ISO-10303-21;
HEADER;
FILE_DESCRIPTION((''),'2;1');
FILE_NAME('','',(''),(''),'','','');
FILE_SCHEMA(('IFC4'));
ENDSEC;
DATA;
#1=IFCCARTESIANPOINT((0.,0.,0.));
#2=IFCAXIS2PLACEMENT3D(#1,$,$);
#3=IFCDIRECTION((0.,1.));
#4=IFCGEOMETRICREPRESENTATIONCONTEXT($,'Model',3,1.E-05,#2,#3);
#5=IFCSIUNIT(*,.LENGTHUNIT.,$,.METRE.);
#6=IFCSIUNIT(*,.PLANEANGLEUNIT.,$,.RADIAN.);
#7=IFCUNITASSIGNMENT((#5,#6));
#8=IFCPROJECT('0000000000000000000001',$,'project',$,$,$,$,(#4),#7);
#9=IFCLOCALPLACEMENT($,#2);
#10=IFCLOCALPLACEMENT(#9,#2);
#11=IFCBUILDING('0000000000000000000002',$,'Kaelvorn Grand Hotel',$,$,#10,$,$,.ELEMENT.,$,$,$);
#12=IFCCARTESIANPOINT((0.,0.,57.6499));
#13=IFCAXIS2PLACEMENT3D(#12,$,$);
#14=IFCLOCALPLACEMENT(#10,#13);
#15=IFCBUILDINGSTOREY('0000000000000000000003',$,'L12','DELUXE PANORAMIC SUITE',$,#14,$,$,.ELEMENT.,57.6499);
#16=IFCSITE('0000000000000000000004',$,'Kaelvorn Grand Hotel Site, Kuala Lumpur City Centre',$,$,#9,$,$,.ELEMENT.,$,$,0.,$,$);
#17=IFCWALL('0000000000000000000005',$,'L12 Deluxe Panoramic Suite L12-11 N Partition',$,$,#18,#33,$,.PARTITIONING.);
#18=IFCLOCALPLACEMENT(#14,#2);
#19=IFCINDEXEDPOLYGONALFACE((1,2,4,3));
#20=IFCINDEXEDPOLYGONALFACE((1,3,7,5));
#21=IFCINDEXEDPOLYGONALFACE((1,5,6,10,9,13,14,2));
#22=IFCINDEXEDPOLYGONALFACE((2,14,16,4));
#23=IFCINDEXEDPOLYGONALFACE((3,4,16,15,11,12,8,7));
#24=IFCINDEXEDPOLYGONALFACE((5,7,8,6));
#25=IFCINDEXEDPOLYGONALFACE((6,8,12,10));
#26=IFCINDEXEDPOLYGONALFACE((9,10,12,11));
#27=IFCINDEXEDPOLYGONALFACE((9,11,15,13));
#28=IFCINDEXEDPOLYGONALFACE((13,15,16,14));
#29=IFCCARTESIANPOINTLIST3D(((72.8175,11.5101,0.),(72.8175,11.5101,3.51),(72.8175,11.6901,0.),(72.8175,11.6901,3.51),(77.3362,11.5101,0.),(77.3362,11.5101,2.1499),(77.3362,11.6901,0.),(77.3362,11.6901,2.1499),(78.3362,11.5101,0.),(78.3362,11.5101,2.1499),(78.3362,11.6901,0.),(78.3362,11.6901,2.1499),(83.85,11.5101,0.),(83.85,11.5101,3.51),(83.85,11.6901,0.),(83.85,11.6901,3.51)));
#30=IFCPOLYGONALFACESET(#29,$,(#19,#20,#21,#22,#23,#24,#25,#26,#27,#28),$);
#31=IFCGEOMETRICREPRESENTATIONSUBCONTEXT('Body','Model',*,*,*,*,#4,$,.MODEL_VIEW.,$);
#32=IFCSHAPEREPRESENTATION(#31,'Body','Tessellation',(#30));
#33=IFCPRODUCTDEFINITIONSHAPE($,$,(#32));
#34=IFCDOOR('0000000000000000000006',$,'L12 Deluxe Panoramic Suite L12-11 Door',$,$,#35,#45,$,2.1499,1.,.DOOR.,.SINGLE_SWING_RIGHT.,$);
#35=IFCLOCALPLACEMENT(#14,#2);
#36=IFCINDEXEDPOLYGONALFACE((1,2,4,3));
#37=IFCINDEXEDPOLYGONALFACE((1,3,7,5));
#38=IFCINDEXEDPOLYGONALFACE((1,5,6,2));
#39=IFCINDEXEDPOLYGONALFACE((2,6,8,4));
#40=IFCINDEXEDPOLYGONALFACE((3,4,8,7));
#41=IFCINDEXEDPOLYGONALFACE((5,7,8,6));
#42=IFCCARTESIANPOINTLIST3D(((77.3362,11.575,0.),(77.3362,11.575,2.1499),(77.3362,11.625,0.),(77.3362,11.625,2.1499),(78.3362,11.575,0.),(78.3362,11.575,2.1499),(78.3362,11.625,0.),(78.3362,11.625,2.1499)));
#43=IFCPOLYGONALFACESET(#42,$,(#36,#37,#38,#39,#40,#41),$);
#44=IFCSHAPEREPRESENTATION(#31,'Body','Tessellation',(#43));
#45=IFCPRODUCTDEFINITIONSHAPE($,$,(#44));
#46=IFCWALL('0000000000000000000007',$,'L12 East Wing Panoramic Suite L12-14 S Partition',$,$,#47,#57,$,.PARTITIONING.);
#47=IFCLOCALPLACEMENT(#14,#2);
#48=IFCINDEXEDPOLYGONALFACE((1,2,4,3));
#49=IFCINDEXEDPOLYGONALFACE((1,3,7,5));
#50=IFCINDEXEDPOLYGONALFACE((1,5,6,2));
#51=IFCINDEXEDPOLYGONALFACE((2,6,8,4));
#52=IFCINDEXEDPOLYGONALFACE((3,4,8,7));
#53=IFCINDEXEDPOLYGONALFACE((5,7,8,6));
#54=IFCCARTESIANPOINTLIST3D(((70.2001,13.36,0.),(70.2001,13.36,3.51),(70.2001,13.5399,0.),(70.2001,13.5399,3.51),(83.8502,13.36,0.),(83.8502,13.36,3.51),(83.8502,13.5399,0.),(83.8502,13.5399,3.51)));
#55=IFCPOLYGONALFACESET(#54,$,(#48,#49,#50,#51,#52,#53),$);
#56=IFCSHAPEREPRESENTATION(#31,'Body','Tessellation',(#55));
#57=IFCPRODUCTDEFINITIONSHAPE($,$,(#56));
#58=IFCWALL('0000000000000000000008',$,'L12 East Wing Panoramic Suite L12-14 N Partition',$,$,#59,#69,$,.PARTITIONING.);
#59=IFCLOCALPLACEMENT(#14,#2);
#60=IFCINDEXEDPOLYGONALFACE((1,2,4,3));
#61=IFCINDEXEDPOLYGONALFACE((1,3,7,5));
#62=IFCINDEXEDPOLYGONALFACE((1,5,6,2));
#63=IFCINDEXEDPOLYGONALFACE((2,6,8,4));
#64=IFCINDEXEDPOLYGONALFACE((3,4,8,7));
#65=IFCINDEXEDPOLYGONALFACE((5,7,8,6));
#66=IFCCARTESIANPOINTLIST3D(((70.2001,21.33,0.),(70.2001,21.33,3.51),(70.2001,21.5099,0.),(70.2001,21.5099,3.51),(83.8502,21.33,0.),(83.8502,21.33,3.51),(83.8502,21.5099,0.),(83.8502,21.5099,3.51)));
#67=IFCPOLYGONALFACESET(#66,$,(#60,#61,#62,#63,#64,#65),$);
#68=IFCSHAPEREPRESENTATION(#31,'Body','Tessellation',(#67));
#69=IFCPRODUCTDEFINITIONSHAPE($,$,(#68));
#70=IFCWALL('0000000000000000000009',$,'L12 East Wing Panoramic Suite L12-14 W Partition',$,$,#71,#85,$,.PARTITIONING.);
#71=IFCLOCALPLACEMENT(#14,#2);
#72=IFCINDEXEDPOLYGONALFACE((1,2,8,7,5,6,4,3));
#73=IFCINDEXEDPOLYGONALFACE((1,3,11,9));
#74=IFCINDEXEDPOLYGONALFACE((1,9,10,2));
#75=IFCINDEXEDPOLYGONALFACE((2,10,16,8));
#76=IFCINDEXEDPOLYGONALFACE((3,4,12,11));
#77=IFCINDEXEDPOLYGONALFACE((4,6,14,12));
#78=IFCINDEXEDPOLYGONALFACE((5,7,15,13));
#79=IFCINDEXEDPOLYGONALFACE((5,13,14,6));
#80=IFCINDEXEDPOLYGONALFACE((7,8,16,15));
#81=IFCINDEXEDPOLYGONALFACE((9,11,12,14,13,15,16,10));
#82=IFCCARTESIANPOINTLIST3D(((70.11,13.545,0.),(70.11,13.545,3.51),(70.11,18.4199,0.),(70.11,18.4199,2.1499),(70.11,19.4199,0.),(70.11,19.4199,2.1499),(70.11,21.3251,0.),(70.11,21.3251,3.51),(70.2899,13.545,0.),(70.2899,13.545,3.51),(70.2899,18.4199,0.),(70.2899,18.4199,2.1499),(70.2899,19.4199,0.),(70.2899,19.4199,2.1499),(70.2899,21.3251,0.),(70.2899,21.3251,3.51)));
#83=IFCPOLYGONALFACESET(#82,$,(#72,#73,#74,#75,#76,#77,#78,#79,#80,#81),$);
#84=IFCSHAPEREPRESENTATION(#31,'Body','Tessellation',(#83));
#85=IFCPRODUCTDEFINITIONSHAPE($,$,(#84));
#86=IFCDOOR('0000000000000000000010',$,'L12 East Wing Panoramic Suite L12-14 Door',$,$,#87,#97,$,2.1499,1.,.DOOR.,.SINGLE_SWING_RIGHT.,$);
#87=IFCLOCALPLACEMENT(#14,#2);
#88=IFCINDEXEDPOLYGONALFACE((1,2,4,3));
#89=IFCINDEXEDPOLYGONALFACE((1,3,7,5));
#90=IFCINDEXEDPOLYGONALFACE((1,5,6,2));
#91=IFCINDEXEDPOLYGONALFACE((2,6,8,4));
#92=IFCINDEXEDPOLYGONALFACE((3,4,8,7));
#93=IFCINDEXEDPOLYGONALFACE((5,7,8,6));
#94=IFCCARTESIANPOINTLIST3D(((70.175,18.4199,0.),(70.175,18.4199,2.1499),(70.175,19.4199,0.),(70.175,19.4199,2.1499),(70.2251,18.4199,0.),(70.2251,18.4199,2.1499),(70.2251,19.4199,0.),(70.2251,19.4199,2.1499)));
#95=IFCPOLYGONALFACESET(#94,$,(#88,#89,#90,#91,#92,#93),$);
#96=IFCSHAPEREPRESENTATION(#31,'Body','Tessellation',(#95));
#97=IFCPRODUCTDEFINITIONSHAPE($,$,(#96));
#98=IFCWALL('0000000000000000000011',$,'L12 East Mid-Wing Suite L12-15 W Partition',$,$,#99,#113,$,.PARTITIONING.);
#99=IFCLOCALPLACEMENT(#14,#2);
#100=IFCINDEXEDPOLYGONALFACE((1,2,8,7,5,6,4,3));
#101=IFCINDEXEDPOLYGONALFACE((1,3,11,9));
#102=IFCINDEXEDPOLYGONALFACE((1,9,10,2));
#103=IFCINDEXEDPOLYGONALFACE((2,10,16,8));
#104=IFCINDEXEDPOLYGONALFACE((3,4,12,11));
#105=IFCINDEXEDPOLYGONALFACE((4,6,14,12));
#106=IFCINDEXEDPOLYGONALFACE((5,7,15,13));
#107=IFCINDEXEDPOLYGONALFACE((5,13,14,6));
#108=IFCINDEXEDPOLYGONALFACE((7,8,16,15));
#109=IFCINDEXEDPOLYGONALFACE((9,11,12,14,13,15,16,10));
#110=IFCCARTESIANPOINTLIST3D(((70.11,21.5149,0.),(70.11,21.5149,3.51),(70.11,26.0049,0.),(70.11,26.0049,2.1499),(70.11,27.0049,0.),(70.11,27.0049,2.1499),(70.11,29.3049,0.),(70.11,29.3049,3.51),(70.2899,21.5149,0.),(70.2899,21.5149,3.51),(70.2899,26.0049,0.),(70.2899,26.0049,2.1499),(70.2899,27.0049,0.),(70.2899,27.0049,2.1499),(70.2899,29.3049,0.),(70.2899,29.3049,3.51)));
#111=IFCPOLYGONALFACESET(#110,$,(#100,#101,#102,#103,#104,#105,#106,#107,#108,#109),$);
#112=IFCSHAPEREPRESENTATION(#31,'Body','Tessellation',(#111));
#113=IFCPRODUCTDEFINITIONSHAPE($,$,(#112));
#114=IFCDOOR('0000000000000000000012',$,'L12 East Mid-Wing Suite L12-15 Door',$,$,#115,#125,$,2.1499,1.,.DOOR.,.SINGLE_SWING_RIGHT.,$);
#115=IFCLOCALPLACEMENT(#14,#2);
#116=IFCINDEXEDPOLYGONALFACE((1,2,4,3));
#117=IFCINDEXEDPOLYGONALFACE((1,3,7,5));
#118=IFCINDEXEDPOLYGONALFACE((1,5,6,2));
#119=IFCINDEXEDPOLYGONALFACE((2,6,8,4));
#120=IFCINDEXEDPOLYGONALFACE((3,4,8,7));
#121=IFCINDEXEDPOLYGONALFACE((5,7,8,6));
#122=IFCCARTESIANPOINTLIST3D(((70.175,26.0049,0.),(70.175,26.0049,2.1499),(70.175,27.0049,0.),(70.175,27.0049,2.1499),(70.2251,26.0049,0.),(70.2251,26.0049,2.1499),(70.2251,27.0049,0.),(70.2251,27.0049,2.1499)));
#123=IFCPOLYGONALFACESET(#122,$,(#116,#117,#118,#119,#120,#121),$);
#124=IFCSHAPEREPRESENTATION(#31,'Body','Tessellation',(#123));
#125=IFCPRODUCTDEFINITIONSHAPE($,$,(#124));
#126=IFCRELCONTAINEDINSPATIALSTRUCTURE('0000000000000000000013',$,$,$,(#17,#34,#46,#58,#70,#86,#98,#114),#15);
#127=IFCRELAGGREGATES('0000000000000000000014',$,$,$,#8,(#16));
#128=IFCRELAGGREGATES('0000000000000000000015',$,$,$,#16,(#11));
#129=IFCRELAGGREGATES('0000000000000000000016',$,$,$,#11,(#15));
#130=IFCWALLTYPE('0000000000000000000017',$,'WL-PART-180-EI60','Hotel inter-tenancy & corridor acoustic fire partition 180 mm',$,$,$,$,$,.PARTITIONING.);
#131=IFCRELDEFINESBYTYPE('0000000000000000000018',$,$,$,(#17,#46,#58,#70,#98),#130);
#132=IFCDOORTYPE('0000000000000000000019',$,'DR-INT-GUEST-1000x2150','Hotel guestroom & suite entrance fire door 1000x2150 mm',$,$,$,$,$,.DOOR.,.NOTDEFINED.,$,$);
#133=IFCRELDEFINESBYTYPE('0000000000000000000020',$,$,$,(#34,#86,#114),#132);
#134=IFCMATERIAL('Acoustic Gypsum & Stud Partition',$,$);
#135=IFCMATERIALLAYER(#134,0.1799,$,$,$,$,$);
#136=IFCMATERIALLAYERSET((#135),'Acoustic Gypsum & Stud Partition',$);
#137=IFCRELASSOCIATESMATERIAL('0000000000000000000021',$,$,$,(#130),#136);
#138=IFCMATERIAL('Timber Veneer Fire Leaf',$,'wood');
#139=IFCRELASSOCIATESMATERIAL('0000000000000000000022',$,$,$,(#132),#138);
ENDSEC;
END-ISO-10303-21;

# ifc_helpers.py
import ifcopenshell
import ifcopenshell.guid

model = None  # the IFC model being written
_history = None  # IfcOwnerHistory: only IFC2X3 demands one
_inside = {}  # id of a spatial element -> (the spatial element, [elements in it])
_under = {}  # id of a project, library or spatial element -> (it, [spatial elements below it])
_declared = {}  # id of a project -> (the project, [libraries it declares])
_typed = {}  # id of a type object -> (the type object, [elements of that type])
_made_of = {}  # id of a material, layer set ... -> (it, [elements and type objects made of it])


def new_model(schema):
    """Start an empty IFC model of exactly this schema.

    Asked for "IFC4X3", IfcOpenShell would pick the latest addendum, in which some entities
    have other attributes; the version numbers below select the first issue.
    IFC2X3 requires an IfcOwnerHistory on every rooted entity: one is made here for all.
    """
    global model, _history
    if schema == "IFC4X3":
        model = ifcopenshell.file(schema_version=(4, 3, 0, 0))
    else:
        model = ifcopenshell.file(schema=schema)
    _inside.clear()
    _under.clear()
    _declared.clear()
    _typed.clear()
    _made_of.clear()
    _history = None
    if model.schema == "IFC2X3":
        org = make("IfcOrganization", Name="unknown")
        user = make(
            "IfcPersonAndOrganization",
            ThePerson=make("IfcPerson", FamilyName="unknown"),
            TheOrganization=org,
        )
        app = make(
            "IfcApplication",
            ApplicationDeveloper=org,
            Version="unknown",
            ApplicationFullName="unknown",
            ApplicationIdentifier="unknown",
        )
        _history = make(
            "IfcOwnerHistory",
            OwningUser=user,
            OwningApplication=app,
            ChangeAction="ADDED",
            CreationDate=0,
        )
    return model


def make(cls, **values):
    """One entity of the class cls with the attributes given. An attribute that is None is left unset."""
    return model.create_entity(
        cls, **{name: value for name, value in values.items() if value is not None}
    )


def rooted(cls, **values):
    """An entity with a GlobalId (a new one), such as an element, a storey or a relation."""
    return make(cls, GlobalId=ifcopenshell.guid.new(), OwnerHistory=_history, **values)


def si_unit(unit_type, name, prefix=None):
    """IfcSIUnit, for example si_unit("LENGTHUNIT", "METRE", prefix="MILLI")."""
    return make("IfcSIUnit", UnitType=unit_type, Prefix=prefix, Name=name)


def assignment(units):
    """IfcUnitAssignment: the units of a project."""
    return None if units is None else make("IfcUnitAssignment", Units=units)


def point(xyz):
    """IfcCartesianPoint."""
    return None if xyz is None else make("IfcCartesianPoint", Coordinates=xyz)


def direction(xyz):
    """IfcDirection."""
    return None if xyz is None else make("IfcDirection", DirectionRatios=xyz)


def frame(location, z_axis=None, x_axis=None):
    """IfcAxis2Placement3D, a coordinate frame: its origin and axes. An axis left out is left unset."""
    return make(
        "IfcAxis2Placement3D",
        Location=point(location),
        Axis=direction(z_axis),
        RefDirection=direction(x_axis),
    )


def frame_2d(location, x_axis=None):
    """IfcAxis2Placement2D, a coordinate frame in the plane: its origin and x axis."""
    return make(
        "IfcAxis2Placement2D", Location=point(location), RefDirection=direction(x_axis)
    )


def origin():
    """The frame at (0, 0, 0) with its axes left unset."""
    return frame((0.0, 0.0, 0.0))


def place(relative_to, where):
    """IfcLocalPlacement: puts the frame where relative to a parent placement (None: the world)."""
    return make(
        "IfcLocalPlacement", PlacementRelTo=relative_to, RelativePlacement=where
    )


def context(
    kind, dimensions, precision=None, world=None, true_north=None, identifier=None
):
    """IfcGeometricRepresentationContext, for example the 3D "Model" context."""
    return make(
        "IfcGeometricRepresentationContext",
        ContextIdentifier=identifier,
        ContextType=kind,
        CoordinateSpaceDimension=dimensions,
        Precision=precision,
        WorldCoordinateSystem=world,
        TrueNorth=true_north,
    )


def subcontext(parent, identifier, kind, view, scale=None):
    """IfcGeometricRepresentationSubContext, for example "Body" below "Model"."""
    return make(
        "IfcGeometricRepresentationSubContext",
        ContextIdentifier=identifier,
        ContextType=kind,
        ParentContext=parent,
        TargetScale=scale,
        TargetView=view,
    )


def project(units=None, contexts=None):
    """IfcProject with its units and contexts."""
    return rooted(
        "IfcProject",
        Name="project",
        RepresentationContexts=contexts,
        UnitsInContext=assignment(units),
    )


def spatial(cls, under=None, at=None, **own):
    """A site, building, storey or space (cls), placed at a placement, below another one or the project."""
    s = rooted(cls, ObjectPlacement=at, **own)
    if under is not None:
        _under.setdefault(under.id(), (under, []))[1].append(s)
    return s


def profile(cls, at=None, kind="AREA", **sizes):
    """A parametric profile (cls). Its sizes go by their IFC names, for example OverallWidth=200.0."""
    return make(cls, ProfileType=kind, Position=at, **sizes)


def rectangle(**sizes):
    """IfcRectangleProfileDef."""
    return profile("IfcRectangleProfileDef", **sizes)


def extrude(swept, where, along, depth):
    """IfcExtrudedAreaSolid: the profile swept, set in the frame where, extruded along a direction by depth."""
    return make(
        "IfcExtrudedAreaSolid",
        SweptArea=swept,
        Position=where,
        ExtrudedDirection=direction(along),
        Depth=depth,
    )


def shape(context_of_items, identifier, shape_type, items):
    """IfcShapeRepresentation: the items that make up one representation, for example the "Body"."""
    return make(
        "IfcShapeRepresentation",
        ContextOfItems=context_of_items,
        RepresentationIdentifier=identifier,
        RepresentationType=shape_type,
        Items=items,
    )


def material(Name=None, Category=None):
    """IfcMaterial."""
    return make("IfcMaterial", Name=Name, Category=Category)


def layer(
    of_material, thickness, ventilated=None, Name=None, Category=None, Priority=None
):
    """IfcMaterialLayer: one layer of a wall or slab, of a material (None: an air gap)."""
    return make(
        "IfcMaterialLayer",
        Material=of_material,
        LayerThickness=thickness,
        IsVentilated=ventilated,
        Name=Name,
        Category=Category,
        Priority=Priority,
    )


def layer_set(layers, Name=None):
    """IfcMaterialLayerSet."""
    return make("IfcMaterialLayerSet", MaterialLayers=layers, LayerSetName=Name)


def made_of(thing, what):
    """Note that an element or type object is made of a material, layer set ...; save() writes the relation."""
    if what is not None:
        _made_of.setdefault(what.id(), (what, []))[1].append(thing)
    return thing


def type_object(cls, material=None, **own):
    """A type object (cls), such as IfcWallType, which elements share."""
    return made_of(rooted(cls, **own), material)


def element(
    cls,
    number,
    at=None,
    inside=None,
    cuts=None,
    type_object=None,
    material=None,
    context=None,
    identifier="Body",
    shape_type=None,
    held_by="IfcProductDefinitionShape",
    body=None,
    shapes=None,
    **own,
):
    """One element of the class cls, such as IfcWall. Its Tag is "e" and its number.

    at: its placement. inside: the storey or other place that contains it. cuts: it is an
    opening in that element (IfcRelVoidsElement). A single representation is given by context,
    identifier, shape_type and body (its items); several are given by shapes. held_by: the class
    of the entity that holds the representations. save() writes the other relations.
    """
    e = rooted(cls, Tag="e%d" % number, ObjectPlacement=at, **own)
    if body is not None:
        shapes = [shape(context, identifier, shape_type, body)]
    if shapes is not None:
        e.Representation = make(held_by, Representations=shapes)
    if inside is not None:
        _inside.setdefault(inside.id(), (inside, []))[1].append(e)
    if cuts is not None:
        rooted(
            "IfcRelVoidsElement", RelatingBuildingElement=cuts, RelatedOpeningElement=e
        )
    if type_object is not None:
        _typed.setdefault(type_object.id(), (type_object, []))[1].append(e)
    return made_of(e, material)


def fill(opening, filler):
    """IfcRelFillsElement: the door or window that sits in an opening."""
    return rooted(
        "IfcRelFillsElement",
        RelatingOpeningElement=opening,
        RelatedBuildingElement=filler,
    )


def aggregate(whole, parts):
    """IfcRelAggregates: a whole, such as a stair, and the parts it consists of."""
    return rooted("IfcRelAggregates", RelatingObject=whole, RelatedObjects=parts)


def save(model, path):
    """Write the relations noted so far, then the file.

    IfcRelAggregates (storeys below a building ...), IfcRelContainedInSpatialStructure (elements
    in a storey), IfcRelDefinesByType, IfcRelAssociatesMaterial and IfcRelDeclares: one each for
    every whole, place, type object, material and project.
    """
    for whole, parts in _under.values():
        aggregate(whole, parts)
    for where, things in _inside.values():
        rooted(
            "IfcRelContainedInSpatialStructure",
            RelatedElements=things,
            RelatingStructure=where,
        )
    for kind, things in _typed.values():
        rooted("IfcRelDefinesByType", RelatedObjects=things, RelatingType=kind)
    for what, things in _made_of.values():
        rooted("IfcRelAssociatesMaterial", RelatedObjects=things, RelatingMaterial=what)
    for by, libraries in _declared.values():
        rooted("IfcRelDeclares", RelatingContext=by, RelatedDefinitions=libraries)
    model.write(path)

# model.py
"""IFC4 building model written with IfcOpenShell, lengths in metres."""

from ifc_helpers import new_model, si_unit, direction, frame, frame_2d, origin, place, context, subcontext, project, spatial, rectangle, extrude, material, layer, layer_set, type_object, element, fill, save


model = new_model("IFC4")

# Units and contexts
model_context = context("Model", 3, precision=1e-05, world=origin(), true_north=direction((0.0, 1.0)))
body_context = subcontext(model_context, "Body", "Model", "MODEL_VIEW")
ifc_project = project(units=[si_unit("LENGTHUNIT", "METRE"), si_unit("PLANEANGLEUNIT", "RADIAN")], contexts=[model_context])

# Site, building, storey
site_placement = place(None, origin())
site = spatial("IfcSite", under=ifc_project, at=site_placement, Name="Kaelvorn Grand Hotel Site, Kuala Lumpur City Centre", CompositionType="ELEMENT", RefElevation=0.0)
building_placement = place(site_placement, origin())
building = spatial("IfcBuilding", under=site, at=building_placement, Name="Kaelvorn Grand Hotel", CompositionType="ELEMENT")
storey_placement = place(building_placement, frame((0.0, 0.0, 57.6499)))
storey = spatial("IfcBuildingStorey", under=building, at=storey_placement, Name="L12", Description="DELUXE PANORAMIC SUITE", CompositionType="ELEMENT", Elevation=57.6499)

# Shared definitions
ifc_material_1 = material(Name="Acoustic Gypsum & Stud Partition")

# Wall, opening, door
ifc_layer_1 = layer(ifc_material_1, 0.1799)
ifc_layer_set_1 = layer_set([ifc_layer_1], Name="Acoustic Gypsum & Stud Partition")
wall_type_1 = type_object("IfcWallType", Name="WL-PART-180-EI60", Description="Hotel inter-tenancy & corridor acoustic fire partition 180 mm", PredefinedType="PARTITIONING", material=ifc_layer_set_1)
wall_1_placement = place(storey_placement, frame((72.8176, 11.6001, 0.0), z_axis=(0.0, 0.0, 1.0), x_axis=(1.0, 0.0, 0.0)))
wall_1 = element("IfcWall", 1, at=wall_1_placement, inside=storey, type_object=wall_type_1, Name="L12 Deluxe Panoramic Suite L12-11 N Partition", PredefinedType="PARTITIONING", context=body_context, shape_type="SweptSolid", body=[
    extrude(rectangle(XDim=11.0325, YDim=0.1799, at=frame_2d((5.5161, 0.0))), origin(), (0.0, 0.0, 1.0), 3.51),
])
opening_1_placement = place(wall_1_placement, frame((4.5186, 0.0, 0.0)))
opening_1 = element("IfcOpeningElement", 2, at=opening_1_placement, cuts=wall_1, PredefinedType="OPENING", context=body_context, shape_type="SweptSolid", body=[
    extrude(rectangle(XDim=1.0, YDim=2.1499, at=frame_2d((0.5, 1.075))), frame((0.0, 0.1001, 0.0), z_axis=(0.0, -1.0, 0.0), x_axis=(1.0, 0.0, 0.0)), (0.0, 0.0, 1.0), 0.2),
])
ifc_material_2 = material(Name="Timber Veneer Fire Leaf", Category="wood")
door_type_1 = type_object("IfcDoorType", Name="DR-INT-GUEST-1000x2150", Description="Hotel guestroom & suite entrance fire door 1000x2150 mm", OperationType="NOTDEFINED", PredefinedType="DOOR", material=ifc_material_2)
door_1_placement = place(opening_1_placement, origin())
door_1 = element("IfcDoor", 3, at=door_1_placement, inside=storey, type_object=door_type_1, Name="L12 Deluxe Panoramic Suite L12-11 Door", OperationType="SINGLE_SWING_RIGHT", OverallHeight=2.1499, OverallWidth=1.0, PredefinedType="DOOR", context=body_context, shape_type="SweptSolid", body=[
    extrude(rectangle(XDim=1.0, YDim=2.1499, at=frame_2d((0.5, 1.075))), frame((0.0, 0.0249, 0.0), z_axis=(0.0, -1.0, 0.0), x_axis=(1.0, 0.0, 0.0)), (0.0, 0.0, 1.0), 0.05),
])
fill(opening_1, door_1)

# Walls
for number, where, z_axis, x_axis, name in (
    (4, (70.2, 13.45, 0.0), (0.0, 0.0, 1.0), (1.0, 0.0, 0.0), "L12 East Wing Panoramic Suite L12-14 S Partition"),
    (5, (70.2, 21.4199, 0.0), (0.0, 0.0, 1.0), (1.0, 0.0, 0.0), "L12 East Wing Panoramic Suite L12-14 N Partition"),
):
    element("IfcWall", number, at=place(storey_placement, frame(where, z_axis=z_axis, x_axis=x_axis)), inside=storey, type_object=wall_type_1, Name=name, PredefinedType="PARTITIONING", context=body_context, shape_type="SweptSolid", body=[
        extrude(rectangle(XDim=13.6501, YDim=0.1799, at=frame_2d((6.8252, 0.0))), origin(), (0.0, 0.0, 1.0), 3.51),
    ])

# Walls, openings, doors
wall_2_placement = place(storey_placement, frame((70.2, 13.5449, 0.0), z_axis=(0.0, 0.0, 1.0), x_axis=(0.0, 1.0, 0.0)))
wall_2 = element("IfcWall", 6, at=wall_2_placement, inside=storey, type_object=wall_type_1, Name="L12 East Wing Panoramic Suite L12-14 W Partition", PredefinedType="PARTITIONING", context=body_context, shape_type="SweptSolid", body=[
    extrude(rectangle(XDim=7.78, YDim=0.1799, at=frame_2d((3.8901, 0.0))), origin(), (0.0, 0.0, 1.0), 3.51),
])
opening_2_placement = place(wall_2_placement, frame((4.875, 0.0, 0.0)))
opening_2 = element("IfcOpeningElement", 7, at=opening_2_placement, cuts=wall_2, PredefinedType="OPENING", context=body_context, shape_type="SweptSolid", body=[
    extrude(rectangle(XDim=1.0, YDim=2.1499, at=frame_2d((0.5, 1.075))), frame((0.0, 0.1001, 0.0), z_axis=(0.0, -1.0, 0.0), x_axis=(1.0, 0.0, 0.0)), (0.0, 0.0, 1.0), 0.2),
])
door_2_placement = place(opening_2_placement, origin())
door_2 = element("IfcDoor", 8, at=door_2_placement, inside=storey, type_object=door_type_1, Name="L12 East Wing Panoramic Suite L12-14 Door", OperationType="SINGLE_SWING_RIGHT", OverallHeight=2.1499, OverallWidth=1.0, PredefinedType="DOOR", context=body_context, shape_type="SweptSolid", body=[
    extrude(rectangle(XDim=1.0, YDim=2.1499, at=frame_2d((0.5, 1.075))), frame((0.0, 0.0249, 0.0), z_axis=(0.0, -1.0, 0.0), x_axis=(1.0, 0.0, 0.0)), (0.0, 0.0, 1.0), 0.05),
])
fill(opening_2, door_2)
wall_3_placement = place(storey_placement, frame((70.2, 21.5149, 0.0), z_axis=(0.0, 0.0, 1.0), x_axis=(0.0, 1.0, 0.0)))
wall_3 = element("IfcWall", 9, at=wall_3_placement, inside=storey, type_object=wall_type_1, Name="L12 East Mid-Wing Suite L12-15 W Partition", PredefinedType="PARTITIONING", context=body_context, shape_type="SweptSolid", body=[
    extrude(rectangle(XDim=7.79, YDim=0.1799, at=frame_2d((3.895, 0.0))), origin(), (0.0, 0.0, 1.0), 3.51),
])
opening_3_placement = place(wall_3_placement, frame((4.49, 0.0, 0.0)))
opening_3 = element("IfcOpeningElement", 10, at=opening_3_placement, cuts=wall_3, PredefinedType="OPENING", context=body_context, shape_type="SweptSolid", body=[
    extrude(rectangle(XDim=1.0, YDim=2.1499, at=frame_2d((0.5, 1.075))), frame((0.0, 0.1001, 0.0), z_axis=(0.0, -1.0, 0.0), x_axis=(1.0, 0.0, 0.0)), (0.0, 0.0, 1.0), 0.2),
])
door_3_placement = place(opening_3_placement, origin())
door_3 = element("IfcDoor", 11, at=door_3_placement, inside=storey, type_object=door_type_1, Name="L12 East Mid-Wing Suite L12-15 Door", OperationType="SINGLE_SWING_RIGHT", OverallHeight=2.1499, OverallWidth=1.0, PredefinedType="DOOR", context=body_context, shape_type="SweptSolid", body=[
    extrude(rectangle(XDim=1.0, YDim=2.1499, at=frame_2d((0.5, 1.075))), frame((0.0, 0.0249, 0.0), z_axis=(0.0, -1.0, 0.0), x_axis=(1.0, 0.0, 0.0)), (0.0, 0.0, 1.0), 0.05),
])
fill(opening_3, door_3)

save(model, "model.ifc")
